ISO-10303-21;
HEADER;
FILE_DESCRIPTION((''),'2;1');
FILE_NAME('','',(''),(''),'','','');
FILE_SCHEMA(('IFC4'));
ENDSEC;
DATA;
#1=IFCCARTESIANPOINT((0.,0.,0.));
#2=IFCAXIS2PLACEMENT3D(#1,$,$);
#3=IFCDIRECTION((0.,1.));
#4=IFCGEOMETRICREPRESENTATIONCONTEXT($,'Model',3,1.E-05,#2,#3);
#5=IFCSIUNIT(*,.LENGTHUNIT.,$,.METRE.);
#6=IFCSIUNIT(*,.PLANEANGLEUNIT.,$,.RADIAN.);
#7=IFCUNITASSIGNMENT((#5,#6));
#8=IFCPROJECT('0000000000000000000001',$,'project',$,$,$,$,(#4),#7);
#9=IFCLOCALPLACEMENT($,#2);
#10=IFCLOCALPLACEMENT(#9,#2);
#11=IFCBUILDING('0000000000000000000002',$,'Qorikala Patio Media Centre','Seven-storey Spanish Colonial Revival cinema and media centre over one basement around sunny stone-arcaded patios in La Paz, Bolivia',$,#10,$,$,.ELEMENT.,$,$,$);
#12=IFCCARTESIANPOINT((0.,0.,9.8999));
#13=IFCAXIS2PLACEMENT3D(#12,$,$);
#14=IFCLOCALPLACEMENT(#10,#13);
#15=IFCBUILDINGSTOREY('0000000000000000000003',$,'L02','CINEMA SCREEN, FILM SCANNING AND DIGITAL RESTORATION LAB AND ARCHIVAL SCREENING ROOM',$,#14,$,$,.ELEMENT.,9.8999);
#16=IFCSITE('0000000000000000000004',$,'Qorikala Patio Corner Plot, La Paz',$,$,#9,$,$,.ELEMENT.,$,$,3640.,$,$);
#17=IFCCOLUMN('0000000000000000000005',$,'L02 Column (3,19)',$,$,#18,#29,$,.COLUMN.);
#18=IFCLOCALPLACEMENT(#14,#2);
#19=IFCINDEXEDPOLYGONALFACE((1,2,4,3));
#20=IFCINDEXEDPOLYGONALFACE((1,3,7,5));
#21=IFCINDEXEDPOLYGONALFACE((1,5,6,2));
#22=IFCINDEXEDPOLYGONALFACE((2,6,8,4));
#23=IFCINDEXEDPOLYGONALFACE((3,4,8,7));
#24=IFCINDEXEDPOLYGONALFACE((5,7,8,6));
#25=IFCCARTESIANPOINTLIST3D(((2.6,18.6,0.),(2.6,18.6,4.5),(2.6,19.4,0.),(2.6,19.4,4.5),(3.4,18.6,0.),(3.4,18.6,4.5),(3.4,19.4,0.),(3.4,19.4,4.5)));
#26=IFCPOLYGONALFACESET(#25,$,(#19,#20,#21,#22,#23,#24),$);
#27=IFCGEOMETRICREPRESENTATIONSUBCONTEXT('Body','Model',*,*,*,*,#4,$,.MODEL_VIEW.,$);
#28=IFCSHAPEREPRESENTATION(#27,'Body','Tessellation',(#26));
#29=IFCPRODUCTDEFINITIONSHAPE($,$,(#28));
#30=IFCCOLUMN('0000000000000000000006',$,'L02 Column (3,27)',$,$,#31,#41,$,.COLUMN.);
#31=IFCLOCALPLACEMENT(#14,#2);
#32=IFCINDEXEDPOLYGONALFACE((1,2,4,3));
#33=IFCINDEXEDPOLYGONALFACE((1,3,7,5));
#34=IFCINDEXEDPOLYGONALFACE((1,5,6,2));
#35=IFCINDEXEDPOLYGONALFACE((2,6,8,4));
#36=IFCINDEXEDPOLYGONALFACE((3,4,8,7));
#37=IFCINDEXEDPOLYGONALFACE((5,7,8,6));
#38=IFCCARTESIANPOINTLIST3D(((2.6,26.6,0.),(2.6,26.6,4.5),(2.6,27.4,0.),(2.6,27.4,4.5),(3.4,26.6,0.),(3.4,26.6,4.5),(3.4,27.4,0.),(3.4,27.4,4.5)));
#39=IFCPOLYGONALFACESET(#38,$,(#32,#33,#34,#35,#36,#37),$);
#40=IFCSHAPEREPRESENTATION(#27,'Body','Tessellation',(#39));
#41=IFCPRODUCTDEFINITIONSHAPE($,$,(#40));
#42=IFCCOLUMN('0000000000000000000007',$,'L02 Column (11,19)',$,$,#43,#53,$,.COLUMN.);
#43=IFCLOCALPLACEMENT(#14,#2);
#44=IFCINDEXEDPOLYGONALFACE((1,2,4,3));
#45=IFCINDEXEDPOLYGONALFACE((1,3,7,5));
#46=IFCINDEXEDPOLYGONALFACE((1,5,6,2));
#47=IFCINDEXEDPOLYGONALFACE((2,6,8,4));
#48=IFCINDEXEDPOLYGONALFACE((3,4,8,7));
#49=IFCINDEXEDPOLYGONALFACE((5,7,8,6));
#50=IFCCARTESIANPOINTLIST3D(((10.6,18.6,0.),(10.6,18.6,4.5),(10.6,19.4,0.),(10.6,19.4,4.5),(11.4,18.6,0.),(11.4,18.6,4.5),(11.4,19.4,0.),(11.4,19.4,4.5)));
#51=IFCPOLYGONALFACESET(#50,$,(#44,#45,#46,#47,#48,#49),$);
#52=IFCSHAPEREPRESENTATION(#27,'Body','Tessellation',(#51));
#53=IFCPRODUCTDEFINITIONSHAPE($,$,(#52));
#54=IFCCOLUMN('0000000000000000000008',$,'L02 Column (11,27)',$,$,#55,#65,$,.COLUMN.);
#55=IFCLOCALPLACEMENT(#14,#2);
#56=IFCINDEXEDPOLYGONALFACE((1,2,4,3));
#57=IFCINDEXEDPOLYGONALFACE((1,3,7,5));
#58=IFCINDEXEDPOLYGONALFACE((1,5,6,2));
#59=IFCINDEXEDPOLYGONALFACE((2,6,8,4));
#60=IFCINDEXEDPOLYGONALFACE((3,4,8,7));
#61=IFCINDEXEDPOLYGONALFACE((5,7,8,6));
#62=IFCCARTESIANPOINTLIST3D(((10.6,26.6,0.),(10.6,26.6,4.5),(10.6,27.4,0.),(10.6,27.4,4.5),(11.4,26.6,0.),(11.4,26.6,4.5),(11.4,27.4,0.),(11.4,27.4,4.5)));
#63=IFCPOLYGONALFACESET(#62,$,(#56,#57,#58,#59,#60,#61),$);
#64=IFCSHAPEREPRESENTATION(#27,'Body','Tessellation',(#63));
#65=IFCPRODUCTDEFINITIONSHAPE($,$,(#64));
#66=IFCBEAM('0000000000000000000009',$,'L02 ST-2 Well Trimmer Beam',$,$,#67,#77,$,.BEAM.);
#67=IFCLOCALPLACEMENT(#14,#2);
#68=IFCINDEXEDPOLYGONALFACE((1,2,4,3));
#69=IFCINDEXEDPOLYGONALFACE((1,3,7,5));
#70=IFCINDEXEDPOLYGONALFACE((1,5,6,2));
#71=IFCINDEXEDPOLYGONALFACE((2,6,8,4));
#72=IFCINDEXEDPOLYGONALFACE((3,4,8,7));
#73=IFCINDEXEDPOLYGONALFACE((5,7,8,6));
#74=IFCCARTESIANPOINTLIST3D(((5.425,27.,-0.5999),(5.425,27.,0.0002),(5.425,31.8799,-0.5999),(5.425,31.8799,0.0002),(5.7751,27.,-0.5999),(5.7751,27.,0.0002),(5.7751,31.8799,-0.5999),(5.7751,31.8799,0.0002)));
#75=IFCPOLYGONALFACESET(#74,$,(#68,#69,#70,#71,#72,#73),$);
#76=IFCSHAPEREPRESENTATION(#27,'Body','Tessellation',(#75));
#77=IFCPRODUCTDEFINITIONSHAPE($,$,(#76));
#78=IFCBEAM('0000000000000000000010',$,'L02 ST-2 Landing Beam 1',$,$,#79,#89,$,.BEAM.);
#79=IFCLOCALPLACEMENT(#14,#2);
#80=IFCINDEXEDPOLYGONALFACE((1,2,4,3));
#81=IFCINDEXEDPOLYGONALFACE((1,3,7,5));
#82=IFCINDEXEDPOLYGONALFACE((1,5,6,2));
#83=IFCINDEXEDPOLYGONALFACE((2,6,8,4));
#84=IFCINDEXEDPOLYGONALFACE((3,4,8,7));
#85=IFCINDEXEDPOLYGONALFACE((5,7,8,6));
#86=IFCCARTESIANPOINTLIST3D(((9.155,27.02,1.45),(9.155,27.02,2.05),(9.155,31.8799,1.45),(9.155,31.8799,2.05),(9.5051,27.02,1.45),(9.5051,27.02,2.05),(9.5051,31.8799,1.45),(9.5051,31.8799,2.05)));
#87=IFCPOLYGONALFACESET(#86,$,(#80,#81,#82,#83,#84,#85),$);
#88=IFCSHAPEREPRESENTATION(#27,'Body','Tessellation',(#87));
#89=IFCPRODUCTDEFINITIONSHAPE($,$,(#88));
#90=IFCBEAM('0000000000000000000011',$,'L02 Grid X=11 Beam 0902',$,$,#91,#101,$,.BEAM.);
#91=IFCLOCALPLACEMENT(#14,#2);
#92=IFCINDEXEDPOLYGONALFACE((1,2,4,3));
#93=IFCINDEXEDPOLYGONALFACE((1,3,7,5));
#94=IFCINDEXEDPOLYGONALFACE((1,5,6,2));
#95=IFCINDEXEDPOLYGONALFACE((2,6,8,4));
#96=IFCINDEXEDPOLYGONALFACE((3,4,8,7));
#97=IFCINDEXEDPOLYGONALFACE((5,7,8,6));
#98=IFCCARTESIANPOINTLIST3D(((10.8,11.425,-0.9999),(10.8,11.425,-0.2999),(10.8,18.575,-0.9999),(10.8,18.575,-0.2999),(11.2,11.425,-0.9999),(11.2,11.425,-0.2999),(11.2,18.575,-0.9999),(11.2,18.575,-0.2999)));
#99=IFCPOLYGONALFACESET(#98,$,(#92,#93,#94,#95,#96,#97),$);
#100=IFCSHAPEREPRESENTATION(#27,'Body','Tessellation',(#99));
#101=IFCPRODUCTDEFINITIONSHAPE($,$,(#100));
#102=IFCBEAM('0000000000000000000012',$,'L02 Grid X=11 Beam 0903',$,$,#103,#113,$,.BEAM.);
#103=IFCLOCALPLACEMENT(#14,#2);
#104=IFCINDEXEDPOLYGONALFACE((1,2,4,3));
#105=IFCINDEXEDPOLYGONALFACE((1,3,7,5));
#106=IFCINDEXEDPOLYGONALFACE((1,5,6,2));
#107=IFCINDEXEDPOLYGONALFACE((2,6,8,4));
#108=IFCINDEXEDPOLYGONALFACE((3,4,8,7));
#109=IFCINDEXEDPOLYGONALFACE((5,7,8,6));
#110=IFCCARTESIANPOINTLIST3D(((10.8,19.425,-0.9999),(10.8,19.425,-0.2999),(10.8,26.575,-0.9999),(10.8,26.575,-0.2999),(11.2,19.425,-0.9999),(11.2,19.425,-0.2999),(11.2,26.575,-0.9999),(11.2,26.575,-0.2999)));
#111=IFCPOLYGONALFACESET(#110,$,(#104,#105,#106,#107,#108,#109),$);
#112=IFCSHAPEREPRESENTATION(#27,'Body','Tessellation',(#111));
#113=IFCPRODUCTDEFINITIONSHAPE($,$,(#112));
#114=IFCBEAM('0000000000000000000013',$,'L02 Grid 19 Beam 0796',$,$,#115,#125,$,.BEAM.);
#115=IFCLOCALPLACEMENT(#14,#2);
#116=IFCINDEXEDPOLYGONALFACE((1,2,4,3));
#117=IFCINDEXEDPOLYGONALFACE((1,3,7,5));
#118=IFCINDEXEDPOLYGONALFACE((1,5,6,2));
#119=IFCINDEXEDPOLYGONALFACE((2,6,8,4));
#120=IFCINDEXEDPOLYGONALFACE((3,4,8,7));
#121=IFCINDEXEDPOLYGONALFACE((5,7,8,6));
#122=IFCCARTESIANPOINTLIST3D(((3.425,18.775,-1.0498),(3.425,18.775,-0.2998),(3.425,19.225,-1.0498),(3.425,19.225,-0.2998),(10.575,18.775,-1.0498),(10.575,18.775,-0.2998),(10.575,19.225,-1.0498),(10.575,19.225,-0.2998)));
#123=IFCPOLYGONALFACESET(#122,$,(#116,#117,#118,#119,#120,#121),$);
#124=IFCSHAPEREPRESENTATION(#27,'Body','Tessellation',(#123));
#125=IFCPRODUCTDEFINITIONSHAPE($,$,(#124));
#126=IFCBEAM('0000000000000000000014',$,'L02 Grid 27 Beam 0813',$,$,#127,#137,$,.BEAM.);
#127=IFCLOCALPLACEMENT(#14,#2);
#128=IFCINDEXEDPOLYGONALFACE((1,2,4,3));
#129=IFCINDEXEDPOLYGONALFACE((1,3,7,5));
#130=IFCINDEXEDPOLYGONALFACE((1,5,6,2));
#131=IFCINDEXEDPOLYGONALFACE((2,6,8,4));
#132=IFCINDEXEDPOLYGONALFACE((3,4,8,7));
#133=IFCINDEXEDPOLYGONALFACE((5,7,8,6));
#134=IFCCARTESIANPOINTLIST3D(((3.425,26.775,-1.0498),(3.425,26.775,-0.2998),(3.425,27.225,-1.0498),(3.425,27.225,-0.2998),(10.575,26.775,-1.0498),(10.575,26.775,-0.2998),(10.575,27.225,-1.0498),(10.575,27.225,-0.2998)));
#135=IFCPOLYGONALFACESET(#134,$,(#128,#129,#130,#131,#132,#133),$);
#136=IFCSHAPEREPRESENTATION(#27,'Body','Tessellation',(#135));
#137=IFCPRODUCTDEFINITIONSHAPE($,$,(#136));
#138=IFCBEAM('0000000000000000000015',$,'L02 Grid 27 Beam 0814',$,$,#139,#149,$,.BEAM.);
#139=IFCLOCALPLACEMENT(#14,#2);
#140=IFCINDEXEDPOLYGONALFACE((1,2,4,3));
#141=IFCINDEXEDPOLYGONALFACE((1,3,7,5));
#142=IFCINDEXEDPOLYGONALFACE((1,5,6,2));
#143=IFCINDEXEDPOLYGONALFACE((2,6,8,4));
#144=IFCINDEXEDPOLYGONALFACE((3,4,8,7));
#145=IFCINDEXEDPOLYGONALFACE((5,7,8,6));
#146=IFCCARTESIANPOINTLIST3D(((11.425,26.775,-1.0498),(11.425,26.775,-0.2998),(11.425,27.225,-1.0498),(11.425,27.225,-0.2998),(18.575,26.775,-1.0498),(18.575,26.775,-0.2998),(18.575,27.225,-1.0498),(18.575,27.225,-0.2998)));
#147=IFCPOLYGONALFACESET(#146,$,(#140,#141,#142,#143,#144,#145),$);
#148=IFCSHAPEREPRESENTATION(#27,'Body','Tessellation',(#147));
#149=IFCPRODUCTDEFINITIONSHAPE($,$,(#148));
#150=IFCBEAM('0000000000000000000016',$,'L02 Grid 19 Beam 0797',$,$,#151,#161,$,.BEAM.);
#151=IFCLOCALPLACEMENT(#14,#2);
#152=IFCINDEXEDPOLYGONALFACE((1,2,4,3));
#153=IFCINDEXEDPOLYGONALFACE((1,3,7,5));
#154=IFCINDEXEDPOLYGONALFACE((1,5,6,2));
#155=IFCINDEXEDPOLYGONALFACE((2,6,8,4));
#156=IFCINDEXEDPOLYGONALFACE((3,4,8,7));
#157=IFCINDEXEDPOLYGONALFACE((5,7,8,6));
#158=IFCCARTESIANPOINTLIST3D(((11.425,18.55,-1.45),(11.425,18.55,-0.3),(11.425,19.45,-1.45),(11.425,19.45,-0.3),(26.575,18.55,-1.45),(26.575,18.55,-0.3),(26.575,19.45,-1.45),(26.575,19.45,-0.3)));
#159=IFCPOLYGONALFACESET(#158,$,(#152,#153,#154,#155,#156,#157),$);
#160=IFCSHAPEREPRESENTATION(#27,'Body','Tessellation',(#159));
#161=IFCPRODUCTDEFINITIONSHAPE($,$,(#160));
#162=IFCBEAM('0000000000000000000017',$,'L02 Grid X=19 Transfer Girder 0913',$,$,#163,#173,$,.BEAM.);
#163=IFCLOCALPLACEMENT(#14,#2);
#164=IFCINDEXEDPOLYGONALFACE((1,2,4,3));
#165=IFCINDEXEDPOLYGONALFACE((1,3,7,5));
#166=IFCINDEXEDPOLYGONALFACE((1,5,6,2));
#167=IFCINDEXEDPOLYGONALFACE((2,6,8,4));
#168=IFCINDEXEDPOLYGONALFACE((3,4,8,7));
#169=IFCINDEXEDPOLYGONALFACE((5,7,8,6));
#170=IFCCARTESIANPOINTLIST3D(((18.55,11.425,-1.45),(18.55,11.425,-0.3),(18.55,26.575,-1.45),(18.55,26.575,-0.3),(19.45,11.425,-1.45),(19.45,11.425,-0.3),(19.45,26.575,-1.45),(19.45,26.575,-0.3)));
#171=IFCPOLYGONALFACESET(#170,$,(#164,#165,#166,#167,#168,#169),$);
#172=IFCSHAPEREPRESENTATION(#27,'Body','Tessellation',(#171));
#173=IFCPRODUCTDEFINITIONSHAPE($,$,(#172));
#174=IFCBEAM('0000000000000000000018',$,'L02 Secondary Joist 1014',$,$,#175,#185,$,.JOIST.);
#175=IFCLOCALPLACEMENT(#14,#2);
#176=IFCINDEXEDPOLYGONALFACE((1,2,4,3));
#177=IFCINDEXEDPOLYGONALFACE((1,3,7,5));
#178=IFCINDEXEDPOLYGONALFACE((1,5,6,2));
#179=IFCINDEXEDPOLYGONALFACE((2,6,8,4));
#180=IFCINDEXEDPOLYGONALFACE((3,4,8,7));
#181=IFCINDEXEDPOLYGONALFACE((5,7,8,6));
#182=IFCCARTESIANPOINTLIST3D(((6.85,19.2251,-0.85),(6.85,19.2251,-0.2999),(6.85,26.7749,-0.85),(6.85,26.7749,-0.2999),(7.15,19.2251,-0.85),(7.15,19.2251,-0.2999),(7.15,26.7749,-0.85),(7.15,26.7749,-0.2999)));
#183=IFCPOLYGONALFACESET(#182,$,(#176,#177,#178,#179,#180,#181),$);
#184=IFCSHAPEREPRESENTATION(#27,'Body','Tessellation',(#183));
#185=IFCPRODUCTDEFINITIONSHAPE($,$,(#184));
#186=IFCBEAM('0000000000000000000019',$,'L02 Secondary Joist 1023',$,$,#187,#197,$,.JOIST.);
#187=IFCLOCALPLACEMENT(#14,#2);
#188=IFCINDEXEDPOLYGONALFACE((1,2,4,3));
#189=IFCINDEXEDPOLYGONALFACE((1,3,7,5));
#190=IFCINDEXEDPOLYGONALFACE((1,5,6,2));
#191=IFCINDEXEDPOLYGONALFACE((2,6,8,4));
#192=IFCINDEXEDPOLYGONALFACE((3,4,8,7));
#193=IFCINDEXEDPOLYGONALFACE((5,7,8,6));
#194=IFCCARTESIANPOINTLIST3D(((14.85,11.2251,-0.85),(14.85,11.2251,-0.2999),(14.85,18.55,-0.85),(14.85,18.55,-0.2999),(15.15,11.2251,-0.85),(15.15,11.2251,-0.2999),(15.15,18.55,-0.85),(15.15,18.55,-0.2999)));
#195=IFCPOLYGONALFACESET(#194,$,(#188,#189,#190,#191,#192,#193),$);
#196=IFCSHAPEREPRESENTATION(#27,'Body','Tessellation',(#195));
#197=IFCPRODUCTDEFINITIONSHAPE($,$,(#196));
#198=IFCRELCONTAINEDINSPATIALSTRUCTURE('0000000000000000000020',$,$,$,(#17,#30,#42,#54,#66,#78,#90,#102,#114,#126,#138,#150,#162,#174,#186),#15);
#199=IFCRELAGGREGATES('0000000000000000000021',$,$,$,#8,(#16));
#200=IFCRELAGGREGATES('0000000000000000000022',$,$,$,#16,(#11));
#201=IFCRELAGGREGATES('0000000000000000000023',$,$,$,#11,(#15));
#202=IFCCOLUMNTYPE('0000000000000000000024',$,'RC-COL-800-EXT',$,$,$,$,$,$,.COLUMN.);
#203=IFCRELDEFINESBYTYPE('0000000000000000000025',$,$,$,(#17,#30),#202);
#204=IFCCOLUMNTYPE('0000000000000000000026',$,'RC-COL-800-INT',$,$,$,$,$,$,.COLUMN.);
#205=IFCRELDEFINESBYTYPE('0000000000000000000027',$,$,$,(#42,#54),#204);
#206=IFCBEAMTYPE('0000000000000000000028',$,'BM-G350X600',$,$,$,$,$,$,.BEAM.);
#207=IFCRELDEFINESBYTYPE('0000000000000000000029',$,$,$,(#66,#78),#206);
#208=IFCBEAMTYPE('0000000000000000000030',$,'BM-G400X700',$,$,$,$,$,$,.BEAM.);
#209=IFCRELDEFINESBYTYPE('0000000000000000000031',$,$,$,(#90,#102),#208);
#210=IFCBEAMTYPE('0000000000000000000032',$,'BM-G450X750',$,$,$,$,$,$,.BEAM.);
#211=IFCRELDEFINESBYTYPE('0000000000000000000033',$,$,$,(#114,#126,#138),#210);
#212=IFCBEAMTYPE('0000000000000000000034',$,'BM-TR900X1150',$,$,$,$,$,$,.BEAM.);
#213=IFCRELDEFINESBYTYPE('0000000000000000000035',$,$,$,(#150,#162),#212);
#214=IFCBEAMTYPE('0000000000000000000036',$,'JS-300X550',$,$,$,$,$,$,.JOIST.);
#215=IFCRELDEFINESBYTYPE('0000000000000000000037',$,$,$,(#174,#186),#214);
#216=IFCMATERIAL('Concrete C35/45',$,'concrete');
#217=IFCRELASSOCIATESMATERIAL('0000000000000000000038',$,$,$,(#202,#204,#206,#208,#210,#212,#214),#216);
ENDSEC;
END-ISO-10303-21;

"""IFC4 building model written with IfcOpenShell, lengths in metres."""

from ifc_helpers import new_model, si_unit, direction, frame, origin, origin_2d, place, context, subcontext, project, spatial, rectangle, extrude, material, material_profile, profile_set, type_object, element, save


model = new_model("IFC4")

# Units and contexts
model_context = context("Model", 3, precision=1e-05, world=origin(), true_north=direction((0.0, 1.0)))
body_context = subcontext(model_context, "Body", "Model", "MODEL_VIEW")
ifc_project = project(units=[si_unit("LENGTHUNIT", "METRE"), si_unit("PLANEANGLEUNIT", "RADIAN")], contexts=[model_context])

# Site, building, storey
site_placement = place(None, origin())
site = spatial("IfcSite", under=ifc_project, at=site_placement, Name="Qorikala Patio Corner Plot, La Paz", CompositionType="ELEMENT", RefElevation=3640.0)
building_placement = place(site_placement, origin())
building = spatial("IfcBuilding", under=site, at=building_placement, Name="Qorikala Patio Media Centre", Description="Seven-storey Spanish Colonial Revival cinema and media centre over one basement around sunny stone-arcaded patios in La Paz, Bolivia", CompositionType="ELEMENT")
storey_placement = place(building_placement, frame((0.0, 0.0, 9.8999)))
storey = spatial("IfcBuildingStorey", under=building, at=storey_placement, Name="L02", Description="CINEMA SCREEN, FILM SCANNING AND DIGITAL RESTORATION LAB AND ARCHIVAL SCREENING ROOM", CompositionType="ELEMENT", Elevation=9.8999)

# Columns
ifc_material_1 = material(Name="Concrete C35/45", Category="concrete")
ifc_material_profile_1 = material_profile(ifc_material_1, rectangle(XDim=0.8, YDim=0.8, at=origin_2d()), Name="RC 800x800")
ifc_profile_set_1 = profile_set([ifc_material_profile_1], Name="Concrete C35/45")
column_type_1 = type_object("IfcColumnType", Name="RC-COL-800-EXT", PredefinedType="COLUMN", material=ifc_profile_set_1)
for number, where, z_axis, x_axis, name in (
    (1, (3.0, 19.0, 0.0), (0.0, 0.0, 1.0), (1.0, 0.0, 0.0), "L02 Column (3,19)"),
    (2, (3.0, 27.0, 0.0), (0.0, 0.0, 1.0), (1.0, 0.0, 0.0), "L02 Column (3,27)"),
):
    element("IfcColumn", number, at=place(storey_placement, frame(where, z_axis=z_axis, x_axis=x_axis)), inside=storey, type_object=column_type_1, Name=name, PredefinedType="COLUMN", context=body_context, shape_type="SweptSolid", body=[
        extrude(rectangle(XDim=0.8, YDim=0.8, at=origin_2d()), origin(), (0.0, 0.0, 1.0), 4.5),
    ])
ifc_material_profile_2 = material_profile(ifc_material_1, rectangle(XDim=0.8, YDim=0.8, at=origin_2d()), Name="RC 800x800")
ifc_profile_set_2 = profile_set([ifc_material_profile_2], Name="Concrete C35/45")
column_type_2 = type_object("IfcColumnType", Name="RC-COL-800-INT", PredefinedType="COLUMN", material=ifc_profile_set_2)
for number, where, z_axis, x_axis, name in (
    (3, (11.0, 19.0, 0.0), (0.0, 0.0, 1.0), (1.0, 0.0, 0.0), "L02 Column (11,19)"),
    (4, (11.0, 27.0, 0.0), (0.0, 0.0, 1.0), (1.0, 0.0, 0.0), "L02 Column (11,27)"),
):
    element("IfcColumn", number, at=place(storey_placement, frame(where, z_axis=z_axis, x_axis=x_axis)), inside=storey, type_object=column_type_2, Name=name, PredefinedType="COLUMN", context=body_context, shape_type="SweptSolid", body=[
        extrude(rectangle(XDim=0.8, YDim=0.8, at=origin_2d()), origin(), (0.0, 0.0, 1.0), 4.5),
    ])

# Beams
ifc_material_profile_3 = material_profile(ifc_material_1, rectangle(XDim=0.3501, YDim=0.6001, at=origin_2d()), Name="RC 350x600")
ifc_profile_set_3 = profile_set([ifc_material_profile_3], Name="Concrete C35/45")
beam_type_1 = type_object("IfcBeamType", Name="BM-G350X600", PredefinedType="BEAM", material=ifc_profile_set_3)
beam_1_placement = place(storey_placement, frame((5.6001, 27.0, -0.2998), z_axis=(0.0, 1.0, 0.0), x_axis=(-1.0, 0.0, 0.0)))
element("IfcBeam", 5, at=beam_1_placement, inside=storey, type_object=beam_type_1, Name="L02 ST-2 Well Trimmer Beam", PredefinedType="BEAM", context=body_context, shape_type="SweptSolid", body=[
    extrude(rectangle(XDim=0.3501, YDim=0.6001, at=origin_2d()), origin(), (0.0, 0.0, 1.0), 4.8799),
])
beam_2_placement = place(storey_placement, frame((9.3301, 27.02, 1.75), z_axis=(0.0, 1.0, 0.0), x_axis=(-1.0, 0.0, 0.0)))
element("IfcBeam", 6, at=beam_2_placement, inside=storey, type_object=beam_type_1, Name="L02 ST-2 Landing Beam 1", PredefinedType="BEAM", context=body_context, shape_type="SweptSolid", body=[
    extrude(rectangle(XDim=0.3501, YDim=0.6001, at=origin_2d()), origin(), (0.0, 0.0, 1.0), 4.8599),
])
ifc_material_profile_4 = material_profile(ifc_material_1, rectangle(XDim=0.3999, YDim=0.7, at=origin_2d()), Name="RC 400x700")
ifc_profile_set_4 = profile_set([ifc_material_profile_4], Name="Concrete C35/45")
beam_type_2 = type_object("IfcBeamType", Name="BM-G400X700", PredefinedType="BEAM", material=ifc_profile_set_4)
for number, where, z_axis, x_axis, name in (
    (7, (11.0, 11.425, -0.6499), (0.0, 1.0, 0.0), (-1.0, 0.0, 0.0), "L02 Grid X=11 Beam 0902"),
    (8, (11.0, 19.425, -0.6499), (0.0, 1.0, 0.0), (-1.0, 0.0, 0.0), "L02 Grid X=11 Beam 0903"),
):
    element("IfcBeam", number, at=place(storey_placement, frame(where, z_axis=z_axis, x_axis=x_axis)), inside=storey, type_object=beam_type_2, Name=name, PredefinedType="BEAM", context=body_context, shape_type="SweptSolid", body=[
        extrude(rectangle(XDim=0.3999, YDim=0.7, at=origin_2d()), origin(), (0.0, 0.0, 1.0), 7.1499),
    ])
ifc_material_profile_5 = material_profile(ifc_material_1, rectangle(XDim=0.45, YDim=0.75, at=origin_2d()), Name="RC 450x750")
ifc_profile_set_5 = profile_set([ifc_material_profile_5], Name="Concrete C35/45")
beam_type_3 = type_object("IfcBeamType", Name="BM-G450X750", PredefinedType="BEAM", material=ifc_profile_set_5)
for number, where, z_axis, x_axis, name in (
    (9, (3.425, 19.0, -0.6748), (1.0, 0.0, 0.0), (0.0, 1.0, 0.0), "L02 Grid 19 Beam 0796"),
    (10, (3.425, 27.0, -0.6748), (1.0, 0.0, 0.0), (0.0, 1.0, 0.0), "L02 Grid 27 Beam 0813"),
    (11, (11.425, 27.0, -0.6748), (1.0, 0.0, 0.0), (0.0, 1.0, 0.0), "L02 Grid 27 Beam 0814"),
):
    element("IfcBeam", number, at=place(storey_placement, frame(where, z_axis=z_axis, x_axis=x_axis)), inside=storey, type_object=beam_type_3, Name=name, PredefinedType="BEAM", context=body_context, shape_type="SweptSolid", body=[
        extrude(rectangle(XDim=0.45, YDim=0.75, at=origin_2d()), origin(), (0.0, 0.0, 1.0), 7.1499),
    ])
ifc_material_profile_6 = material_profile(ifc_material_1, rectangle(XDim=0.8999, YDim=1.1499, at=origin_2d()), Name="RC 900x1150")
ifc_profile_set_6 = profile_set([ifc_material_profile_6], Name="Concrete C35/45")
beam_type_4 = type_object("IfcBeamType", Name="BM-TR900X1150", PredefinedType="BEAM", material=ifc_profile_set_6)
for number, where, z_axis, x_axis, name in (
    (12, (11.425, 19.0, -0.875), (1.0, 0.0, 0.0), (0.0, 1.0, 0.0), "L02 Grid 19 Beam 0797"),
    (13, (19.0, 11.425, -0.875), (0.0, 1.0, 0.0), (-1.0, 0.0, 0.0), "L02 Grid X=19 Transfer Girder 0913"),
):
    element("IfcBeam", number, at=place(storey_placement, frame(where, z_axis=z_axis, x_axis=x_axis)), inside=storey, type_object=beam_type_4, Name=name, PredefinedType="BEAM", context=body_context, shape_type="SweptSolid", body=[
        extrude(rectangle(XDim=0.8999, YDim=1.1499, at=origin_2d()), origin(), (0.0, 0.0, 1.0), 15.1499),
    ])
ifc_material_profile_7 = material_profile(ifc_material_1, rectangle(XDim=0.3, YDim=0.55, at=origin_2d()), Name="RC 300x550")
ifc_profile_set_7 = profile_set([ifc_material_profile_7], Name="Concrete C35/45")
beam_type_5 = type_object("IfcBeamType", Name="JS-300X550", PredefinedType="JOIST", material=ifc_profile_set_7)
beam_3_placement = place(storey_placement, frame((7.0, 19.2251, -0.575), z_axis=(0.0, 1.0, 0.0), x_axis=(-1.0, 0.0, 0.0)))
element("IfcBeam", 14, at=beam_3_placement, inside=storey, type_object=beam_type_5, Name="L02 Secondary Joist 1014", PredefinedType="JOIST", context=body_context, shape_type="SweptSolid", body=[
    extrude(rectangle(XDim=0.3, YDim=0.55, at=origin_2d()), origin(), (0.0, 0.0, 1.0), 7.5498),
])
for number, where, z_axis, x_axis, name in (
    (15, (15.0, 11.2251, -0.575), (0.0, 1.0, 0.0), (-1.0, 0.0, 0.0), "L02 Secondary Joist 1023"),
):
    element("IfcBeam", number, at=place(storey_placement, frame(where, z_axis=z_axis, x_axis=x_axis)), inside=storey, type_object=beam_type_5, Name=name, PredefinedType="JOIST", context=body_context, shape_type="SweptSolid", body=[
        extrude(rectangle(XDim=0.3, YDim=0.55, at=origin_2d()), origin(), (0.0, 0.0, 1.0), 7.325),
    ])

save(model, "model.ifc")
